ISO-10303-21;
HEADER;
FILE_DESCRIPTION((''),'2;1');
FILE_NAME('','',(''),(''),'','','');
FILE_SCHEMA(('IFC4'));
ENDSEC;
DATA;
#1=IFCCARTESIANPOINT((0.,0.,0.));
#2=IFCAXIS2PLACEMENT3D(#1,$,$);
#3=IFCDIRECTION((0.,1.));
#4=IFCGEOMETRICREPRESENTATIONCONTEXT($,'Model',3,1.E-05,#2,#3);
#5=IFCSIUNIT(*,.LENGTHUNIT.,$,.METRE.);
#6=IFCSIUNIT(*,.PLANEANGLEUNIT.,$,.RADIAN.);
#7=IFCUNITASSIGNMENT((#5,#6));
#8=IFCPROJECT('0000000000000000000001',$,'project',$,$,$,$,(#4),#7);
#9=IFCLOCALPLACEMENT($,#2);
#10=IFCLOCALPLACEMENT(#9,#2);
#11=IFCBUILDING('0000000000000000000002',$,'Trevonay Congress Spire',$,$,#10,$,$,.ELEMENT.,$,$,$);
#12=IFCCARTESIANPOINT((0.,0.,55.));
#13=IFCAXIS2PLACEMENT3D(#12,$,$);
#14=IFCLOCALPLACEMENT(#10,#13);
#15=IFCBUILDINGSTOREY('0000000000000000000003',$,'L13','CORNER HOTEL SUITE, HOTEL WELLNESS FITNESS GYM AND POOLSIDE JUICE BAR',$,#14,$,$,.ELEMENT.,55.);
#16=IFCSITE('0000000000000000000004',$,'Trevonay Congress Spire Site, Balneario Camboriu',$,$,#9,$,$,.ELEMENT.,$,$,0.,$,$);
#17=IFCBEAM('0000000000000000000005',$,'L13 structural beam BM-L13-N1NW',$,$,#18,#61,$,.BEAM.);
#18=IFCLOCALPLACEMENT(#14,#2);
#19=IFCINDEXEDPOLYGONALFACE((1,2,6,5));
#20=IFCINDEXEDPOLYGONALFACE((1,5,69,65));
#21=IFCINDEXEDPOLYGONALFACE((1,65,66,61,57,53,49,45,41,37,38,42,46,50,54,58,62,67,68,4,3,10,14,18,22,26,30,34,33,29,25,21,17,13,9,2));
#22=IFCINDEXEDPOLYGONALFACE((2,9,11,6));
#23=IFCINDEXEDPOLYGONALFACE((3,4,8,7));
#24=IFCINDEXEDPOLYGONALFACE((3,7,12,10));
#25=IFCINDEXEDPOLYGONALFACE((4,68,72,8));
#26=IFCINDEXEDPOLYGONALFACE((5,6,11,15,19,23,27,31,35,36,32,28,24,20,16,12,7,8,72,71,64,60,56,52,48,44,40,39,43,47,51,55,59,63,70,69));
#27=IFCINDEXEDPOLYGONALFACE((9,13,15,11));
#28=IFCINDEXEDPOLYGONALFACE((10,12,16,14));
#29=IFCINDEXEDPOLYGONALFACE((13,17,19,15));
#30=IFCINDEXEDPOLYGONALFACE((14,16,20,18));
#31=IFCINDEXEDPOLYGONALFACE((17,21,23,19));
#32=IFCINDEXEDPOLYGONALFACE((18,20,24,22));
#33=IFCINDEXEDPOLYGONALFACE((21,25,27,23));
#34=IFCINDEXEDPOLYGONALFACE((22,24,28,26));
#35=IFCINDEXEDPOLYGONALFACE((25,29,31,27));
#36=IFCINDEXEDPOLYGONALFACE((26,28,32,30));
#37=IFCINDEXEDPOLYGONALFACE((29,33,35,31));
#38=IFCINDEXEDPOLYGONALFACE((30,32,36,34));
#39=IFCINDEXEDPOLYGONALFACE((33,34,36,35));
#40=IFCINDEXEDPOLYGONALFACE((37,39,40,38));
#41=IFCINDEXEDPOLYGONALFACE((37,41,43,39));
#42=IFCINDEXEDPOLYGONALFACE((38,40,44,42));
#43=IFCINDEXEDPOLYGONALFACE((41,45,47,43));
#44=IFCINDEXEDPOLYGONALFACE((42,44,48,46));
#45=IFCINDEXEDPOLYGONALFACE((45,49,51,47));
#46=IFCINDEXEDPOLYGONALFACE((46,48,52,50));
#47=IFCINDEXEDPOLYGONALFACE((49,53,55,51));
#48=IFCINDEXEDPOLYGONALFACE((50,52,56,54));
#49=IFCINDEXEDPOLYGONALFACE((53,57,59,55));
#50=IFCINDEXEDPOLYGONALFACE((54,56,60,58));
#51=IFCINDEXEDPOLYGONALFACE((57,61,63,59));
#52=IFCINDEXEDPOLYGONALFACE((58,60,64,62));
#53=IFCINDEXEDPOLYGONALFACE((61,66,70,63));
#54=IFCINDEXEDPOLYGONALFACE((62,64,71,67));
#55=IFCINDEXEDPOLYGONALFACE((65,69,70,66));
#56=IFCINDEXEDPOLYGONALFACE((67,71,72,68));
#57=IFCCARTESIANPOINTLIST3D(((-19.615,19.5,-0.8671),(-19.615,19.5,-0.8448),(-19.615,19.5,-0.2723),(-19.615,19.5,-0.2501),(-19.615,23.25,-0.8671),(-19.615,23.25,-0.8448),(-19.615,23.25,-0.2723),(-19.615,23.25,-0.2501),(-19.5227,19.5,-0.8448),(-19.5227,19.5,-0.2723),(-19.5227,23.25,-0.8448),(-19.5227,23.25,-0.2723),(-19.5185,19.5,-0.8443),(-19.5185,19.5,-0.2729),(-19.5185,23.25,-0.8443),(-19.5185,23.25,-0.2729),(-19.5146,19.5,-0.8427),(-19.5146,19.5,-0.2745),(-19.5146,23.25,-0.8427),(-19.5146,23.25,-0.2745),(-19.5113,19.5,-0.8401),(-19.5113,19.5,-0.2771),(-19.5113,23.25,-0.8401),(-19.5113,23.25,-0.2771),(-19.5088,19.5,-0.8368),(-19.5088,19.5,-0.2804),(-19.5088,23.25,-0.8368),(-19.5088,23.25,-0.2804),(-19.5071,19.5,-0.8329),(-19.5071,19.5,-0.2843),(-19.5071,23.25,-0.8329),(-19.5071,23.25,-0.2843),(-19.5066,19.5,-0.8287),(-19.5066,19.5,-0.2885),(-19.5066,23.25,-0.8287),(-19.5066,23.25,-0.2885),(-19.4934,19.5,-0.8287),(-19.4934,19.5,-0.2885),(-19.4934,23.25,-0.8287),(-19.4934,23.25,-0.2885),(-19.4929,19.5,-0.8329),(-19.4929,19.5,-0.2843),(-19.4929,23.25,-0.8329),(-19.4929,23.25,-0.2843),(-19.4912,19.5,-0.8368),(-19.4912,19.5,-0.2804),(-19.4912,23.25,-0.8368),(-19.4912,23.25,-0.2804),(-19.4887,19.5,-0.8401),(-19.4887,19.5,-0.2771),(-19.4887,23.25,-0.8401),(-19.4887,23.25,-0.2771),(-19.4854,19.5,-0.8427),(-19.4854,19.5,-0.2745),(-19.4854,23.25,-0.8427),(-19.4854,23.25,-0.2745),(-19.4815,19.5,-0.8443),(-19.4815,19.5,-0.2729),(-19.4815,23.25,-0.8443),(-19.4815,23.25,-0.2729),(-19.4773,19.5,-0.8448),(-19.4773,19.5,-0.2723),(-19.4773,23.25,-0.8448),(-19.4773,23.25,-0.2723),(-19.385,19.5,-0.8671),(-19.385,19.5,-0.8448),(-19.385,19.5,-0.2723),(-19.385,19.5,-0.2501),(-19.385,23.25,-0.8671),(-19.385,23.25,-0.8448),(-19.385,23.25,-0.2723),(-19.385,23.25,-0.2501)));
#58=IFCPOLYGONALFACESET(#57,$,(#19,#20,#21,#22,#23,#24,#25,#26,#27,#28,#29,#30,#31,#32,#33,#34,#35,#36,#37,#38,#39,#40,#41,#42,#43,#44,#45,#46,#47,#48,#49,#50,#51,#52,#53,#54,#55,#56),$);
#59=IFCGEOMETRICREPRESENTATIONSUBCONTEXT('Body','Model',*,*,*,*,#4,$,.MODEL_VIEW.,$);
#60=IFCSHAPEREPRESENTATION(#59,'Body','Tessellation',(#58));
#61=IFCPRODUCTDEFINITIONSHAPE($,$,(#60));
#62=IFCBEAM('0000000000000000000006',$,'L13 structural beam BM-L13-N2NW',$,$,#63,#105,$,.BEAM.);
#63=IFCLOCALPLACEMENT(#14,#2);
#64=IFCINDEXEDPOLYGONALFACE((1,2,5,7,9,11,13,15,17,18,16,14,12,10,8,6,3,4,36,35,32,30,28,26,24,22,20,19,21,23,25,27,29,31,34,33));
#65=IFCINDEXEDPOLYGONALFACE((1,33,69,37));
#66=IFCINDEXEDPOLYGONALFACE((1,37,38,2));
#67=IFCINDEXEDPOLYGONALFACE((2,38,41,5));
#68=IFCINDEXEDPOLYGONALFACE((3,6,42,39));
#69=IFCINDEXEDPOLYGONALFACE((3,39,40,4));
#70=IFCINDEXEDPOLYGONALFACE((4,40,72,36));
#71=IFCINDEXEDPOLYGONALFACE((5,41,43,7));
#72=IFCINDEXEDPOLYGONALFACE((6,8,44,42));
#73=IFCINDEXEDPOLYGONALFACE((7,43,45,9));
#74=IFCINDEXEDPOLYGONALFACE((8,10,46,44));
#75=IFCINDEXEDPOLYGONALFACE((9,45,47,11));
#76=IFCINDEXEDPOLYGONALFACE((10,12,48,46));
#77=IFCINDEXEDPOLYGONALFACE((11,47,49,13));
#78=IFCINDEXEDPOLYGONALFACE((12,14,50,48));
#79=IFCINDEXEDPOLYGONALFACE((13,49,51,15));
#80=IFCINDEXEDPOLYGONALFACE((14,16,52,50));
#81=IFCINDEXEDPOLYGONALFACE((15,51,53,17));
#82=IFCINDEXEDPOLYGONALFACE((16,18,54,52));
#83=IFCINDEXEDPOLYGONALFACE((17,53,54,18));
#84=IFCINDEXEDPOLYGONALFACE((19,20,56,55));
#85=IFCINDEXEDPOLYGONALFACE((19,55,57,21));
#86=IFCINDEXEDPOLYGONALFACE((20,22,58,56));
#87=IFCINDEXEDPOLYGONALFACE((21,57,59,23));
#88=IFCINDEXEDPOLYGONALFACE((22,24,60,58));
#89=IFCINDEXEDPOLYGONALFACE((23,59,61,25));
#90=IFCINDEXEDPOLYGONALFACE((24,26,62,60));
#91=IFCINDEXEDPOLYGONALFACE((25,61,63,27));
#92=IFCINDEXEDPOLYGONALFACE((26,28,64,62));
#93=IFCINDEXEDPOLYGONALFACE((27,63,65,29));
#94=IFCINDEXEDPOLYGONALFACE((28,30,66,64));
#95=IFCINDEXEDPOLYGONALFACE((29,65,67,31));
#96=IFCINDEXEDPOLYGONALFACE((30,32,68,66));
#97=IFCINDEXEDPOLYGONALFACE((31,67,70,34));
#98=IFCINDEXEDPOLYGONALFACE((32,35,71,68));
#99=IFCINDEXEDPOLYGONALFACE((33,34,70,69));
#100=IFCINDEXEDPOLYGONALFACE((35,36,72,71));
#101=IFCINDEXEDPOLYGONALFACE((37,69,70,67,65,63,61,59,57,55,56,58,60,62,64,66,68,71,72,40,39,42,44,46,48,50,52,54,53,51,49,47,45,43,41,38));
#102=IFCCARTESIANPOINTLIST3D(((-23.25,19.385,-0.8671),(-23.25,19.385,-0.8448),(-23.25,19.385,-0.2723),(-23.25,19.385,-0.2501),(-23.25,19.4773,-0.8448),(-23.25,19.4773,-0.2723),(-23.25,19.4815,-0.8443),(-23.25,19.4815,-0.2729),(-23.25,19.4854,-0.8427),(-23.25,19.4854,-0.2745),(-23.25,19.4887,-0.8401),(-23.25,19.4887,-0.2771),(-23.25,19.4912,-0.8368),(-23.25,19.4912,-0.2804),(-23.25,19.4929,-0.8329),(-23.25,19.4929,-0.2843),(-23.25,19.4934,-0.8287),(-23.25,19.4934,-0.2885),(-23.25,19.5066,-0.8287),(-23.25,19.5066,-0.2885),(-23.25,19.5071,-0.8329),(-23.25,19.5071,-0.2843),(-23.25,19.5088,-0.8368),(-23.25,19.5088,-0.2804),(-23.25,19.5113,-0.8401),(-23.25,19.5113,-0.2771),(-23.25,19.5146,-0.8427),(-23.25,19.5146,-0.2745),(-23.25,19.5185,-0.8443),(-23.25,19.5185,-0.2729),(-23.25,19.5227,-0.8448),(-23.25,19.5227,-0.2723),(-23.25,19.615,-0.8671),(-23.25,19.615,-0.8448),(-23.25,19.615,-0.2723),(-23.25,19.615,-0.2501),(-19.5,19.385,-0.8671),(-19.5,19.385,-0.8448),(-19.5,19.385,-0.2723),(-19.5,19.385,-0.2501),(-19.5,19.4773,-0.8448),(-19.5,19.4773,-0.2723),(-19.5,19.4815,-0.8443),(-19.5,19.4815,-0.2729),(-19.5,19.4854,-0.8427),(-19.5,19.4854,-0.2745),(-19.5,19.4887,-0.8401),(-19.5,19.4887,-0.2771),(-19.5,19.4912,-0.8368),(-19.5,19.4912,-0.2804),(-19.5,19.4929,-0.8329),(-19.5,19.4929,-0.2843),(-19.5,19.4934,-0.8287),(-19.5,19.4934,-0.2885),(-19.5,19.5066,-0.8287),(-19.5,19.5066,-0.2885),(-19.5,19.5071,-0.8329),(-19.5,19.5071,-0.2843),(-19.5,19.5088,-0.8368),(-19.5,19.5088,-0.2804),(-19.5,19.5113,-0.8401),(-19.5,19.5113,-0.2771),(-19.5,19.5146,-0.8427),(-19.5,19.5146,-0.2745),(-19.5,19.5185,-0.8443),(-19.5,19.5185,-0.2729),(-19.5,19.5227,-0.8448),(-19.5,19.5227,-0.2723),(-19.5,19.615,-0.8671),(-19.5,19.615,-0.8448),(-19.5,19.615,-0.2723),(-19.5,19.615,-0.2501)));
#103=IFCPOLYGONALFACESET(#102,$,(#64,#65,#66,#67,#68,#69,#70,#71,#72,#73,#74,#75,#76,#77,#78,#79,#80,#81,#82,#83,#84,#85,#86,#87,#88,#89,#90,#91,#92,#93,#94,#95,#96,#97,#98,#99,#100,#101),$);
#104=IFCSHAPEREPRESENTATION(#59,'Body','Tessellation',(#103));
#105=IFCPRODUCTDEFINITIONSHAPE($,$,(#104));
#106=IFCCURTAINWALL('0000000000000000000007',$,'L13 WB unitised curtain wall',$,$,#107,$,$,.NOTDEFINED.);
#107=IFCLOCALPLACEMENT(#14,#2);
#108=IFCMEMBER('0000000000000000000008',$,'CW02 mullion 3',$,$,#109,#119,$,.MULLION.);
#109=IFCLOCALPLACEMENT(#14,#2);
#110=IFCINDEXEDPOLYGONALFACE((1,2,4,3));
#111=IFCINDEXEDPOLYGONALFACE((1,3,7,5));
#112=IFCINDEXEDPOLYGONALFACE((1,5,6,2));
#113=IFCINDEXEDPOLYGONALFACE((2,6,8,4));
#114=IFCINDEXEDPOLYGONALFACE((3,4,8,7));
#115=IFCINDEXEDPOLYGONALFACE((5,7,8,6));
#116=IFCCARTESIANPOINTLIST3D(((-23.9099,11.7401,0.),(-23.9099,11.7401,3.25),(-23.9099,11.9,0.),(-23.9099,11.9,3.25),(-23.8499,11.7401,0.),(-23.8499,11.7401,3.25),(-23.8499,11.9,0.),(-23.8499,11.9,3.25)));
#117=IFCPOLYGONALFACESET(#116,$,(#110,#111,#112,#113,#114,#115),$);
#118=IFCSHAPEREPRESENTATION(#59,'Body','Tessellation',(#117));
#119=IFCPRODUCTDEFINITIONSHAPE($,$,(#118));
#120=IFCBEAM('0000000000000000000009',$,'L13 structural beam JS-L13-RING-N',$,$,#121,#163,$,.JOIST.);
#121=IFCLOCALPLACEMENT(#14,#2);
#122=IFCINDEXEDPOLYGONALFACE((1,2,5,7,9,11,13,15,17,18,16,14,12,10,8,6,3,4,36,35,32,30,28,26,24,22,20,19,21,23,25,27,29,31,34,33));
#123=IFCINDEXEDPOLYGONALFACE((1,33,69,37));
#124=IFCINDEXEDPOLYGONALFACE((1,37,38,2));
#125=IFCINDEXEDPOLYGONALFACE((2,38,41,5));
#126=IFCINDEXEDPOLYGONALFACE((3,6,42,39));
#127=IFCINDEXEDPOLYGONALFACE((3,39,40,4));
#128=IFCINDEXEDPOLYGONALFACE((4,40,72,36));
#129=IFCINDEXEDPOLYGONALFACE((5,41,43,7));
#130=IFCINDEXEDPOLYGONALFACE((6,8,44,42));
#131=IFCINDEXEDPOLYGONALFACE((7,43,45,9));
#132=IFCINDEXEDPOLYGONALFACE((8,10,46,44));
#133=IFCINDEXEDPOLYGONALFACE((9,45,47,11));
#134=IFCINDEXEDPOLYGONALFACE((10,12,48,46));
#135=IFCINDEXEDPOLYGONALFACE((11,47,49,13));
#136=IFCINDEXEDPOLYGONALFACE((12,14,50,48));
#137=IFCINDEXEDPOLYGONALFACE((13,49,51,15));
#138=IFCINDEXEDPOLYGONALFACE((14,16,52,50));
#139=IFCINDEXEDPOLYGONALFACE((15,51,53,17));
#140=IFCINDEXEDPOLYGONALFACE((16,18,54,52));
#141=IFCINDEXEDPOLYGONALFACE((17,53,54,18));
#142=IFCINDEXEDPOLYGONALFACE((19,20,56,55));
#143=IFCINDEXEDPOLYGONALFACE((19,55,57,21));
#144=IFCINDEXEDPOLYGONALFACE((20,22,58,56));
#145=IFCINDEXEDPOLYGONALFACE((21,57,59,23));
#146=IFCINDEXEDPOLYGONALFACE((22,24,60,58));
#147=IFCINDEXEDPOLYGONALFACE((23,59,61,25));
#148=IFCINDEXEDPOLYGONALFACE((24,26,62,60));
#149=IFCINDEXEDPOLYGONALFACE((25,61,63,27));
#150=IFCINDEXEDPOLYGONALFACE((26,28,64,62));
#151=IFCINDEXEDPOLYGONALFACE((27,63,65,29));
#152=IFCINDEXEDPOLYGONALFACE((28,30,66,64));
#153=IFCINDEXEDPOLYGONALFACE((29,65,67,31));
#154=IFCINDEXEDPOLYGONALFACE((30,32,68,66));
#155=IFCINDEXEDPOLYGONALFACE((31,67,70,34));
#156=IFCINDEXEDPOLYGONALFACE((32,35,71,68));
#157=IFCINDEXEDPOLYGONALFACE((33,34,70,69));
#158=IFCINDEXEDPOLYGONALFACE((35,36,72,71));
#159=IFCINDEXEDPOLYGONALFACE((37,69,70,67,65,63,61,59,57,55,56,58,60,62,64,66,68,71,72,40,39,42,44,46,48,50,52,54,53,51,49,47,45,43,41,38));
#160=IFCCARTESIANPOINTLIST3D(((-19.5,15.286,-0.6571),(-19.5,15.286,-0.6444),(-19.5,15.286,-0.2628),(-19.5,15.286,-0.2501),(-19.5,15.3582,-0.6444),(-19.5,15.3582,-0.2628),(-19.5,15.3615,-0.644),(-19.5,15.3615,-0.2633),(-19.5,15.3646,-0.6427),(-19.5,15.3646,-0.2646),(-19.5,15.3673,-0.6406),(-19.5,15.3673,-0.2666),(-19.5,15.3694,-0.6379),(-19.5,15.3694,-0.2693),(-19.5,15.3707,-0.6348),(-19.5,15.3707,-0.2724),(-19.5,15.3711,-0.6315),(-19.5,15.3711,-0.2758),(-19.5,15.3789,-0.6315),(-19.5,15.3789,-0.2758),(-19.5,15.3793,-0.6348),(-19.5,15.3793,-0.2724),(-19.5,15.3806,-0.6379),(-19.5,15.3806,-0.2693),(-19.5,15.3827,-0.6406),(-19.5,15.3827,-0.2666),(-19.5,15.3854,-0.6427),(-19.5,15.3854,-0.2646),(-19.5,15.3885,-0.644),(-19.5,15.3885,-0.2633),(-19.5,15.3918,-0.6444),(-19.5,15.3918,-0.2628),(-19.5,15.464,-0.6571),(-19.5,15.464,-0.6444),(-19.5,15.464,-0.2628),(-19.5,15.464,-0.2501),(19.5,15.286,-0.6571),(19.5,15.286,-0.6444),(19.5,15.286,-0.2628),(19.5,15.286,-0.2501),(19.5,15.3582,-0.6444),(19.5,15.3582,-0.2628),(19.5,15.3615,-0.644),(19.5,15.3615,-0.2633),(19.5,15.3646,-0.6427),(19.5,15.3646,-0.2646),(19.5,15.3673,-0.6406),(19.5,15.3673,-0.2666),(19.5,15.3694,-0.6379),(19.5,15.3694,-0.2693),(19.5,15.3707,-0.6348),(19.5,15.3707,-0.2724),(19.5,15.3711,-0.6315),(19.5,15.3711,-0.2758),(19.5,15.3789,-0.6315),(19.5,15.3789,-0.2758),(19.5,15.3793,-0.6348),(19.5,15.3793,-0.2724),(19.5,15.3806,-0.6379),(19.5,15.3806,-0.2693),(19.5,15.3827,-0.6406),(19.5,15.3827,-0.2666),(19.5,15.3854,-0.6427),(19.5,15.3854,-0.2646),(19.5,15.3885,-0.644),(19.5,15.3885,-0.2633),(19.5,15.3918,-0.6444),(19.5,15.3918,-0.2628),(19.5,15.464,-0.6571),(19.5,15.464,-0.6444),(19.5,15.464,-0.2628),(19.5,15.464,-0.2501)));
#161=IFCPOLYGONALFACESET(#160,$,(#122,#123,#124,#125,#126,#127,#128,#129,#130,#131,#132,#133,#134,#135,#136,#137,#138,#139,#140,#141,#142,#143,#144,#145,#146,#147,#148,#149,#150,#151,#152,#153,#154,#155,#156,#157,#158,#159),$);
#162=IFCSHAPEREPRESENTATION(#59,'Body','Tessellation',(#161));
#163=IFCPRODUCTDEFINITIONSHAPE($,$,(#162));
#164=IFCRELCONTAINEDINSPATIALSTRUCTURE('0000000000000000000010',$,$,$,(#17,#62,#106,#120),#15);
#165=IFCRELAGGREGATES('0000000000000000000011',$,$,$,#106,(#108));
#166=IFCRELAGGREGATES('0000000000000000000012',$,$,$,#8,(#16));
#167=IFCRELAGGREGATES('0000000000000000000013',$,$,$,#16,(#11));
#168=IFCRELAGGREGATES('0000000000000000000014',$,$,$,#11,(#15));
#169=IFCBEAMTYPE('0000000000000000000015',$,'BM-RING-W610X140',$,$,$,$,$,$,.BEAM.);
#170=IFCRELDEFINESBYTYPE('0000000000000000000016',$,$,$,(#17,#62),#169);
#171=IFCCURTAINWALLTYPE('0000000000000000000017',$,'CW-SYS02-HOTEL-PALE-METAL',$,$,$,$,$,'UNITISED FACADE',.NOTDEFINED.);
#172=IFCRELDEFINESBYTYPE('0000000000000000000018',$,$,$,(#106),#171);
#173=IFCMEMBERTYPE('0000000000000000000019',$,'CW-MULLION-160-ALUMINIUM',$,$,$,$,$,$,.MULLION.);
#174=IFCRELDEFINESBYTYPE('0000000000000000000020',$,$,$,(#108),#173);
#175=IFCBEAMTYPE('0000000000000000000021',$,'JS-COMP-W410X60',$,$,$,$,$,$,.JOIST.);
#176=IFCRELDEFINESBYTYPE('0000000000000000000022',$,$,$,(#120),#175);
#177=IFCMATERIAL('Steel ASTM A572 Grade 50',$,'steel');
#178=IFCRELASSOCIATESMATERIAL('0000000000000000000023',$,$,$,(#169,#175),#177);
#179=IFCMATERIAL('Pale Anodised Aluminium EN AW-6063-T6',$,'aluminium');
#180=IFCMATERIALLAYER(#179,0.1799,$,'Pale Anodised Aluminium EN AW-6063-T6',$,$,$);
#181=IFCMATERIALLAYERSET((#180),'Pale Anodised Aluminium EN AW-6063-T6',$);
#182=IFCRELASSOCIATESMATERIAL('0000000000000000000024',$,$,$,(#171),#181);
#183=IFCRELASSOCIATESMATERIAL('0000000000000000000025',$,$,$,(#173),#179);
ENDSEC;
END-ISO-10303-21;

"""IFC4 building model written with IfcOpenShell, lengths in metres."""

from ifc_helpers import new_model, si_unit, direction, frame, origin, origin_2d, place, context, subcontext, project, spatial, rectangle, i_section, extrude, material, layer, layer_set, material_profile, profile_set, type_object, element, aggregate, save


model = new_model("IFC4")

# Units and contexts
model_context = context("Model", 3, precision=1e-05, world=origin(), true_north=direction((0.0, 1.0)))
body_context = subcontext(model_context, "Body", "Model", "MODEL_VIEW")
ifc_project = project(units=[si_unit("LENGTHUNIT", "METRE"), si_unit("PLANEANGLEUNIT", "RADIAN")], contexts=[model_context])

# Site, building, storey
site_placement = place(None, origin())
site = spatial("IfcSite", under=ifc_project, at=site_placement, Name="Trevonay Congress Spire Site, Balneario Camboriu", CompositionType="ELEMENT", RefElevation=0.0)
building_placement = place(site_placement, origin())
building = spatial("IfcBuilding", under=site, at=building_placement, Name="Trevonay Congress Spire", CompositionType="ELEMENT")
storey_placement = place(building_placement, frame((0.0, 0.0, 55.0)))
storey = spatial("IfcBuildingStorey", under=building, at=storey_placement, Name="L13", Description="CORNER HOTEL SUITE, HOTEL WELLNESS FITNESS GYM AND POOLSIDE JUICE BAR", CompositionType="ELEMENT", Elevation=55.0)

# Shared definitions
ifc_material_1 = material(Name="Steel ASTM A572 Grade 50", Category="steel")

# Beams
ifc_material_profile_1 = material_profile(ifc_material_1, i_section(OverallWidth=0.23, OverallDepth=0.6169, WebThickness=0.0132, FlangeThickness=0.0222, FilletRadius=0.0161, at=origin_2d()), Name="W610x140")
ifc_profile_set_1 = profile_set([ifc_material_profile_1], Name="Steel ASTM A572 Grade 50")
beam_type_1 = type_object("IfcBeamType", Name="BM-RING-W610X140", PredefinedType="BEAM", material=ifc_profile_set_1)
for number, where, z_axis, x_axis, name in (
    (1, (-19.5, 23.25, -0.5586), (0.0, -1.0, 0.0), (1.0, 0.0, 0.0), "L13 structural beam BM-L13-N1NW"),
    (2, (-23.25, 19.5, -0.5586), (1.0, 0.0, 0.0), (0.0, 1.0, 0.0), "L13 structural beam BM-L13-N2NW"),
):
    element("IfcBeam", number, at=place(storey_placement, frame(where, z_axis=z_axis, x_axis=x_axis)), inside=storey, type_object=beam_type_1, Name=name, PredefinedType="BEAM", context=body_context, shape_type="SweptSolid", body=[
        extrude(i_section(OverallWidth=0.23, OverallDepth=0.6169, WebThickness=0.0132, FlangeThickness=0.0222, FilletRadius=0.0161, at=origin_2d()), origin(), (0.0, 0.0, 1.0), 3.75),
    ])

# Curtain wall, member
ifc_material_2 = material(Name="Pale Anodised Aluminium EN AW-6063-T6", Category="aluminium")
ifc_layer_1 = layer(ifc_material_2, 0.1799, Name="Pale Anodised Aluminium EN AW-6063-T6")
ifc_layer_set_1 = layer_set([ifc_layer_1], Name="Pale Anodised Aluminium EN AW-6063-T6")
curtain_wall_type = type_object("IfcCurtainWallType", Name="CW-SYS02-HOTEL-PALE-METAL", ElementType="UNITISED FACADE", PredefinedType="NOTDEFINED", material=ifc_layer_set_1)
curtain_wall_placement = place(storey_placement, origin())
curtain_wall = element("IfcCurtainWall", 3, at=curtain_wall_placement, inside=storey, type_object=curtain_wall_type, Name="L13 WB unitised curtain wall", PredefinedType="NOTDEFINED")
ifc_material_profile_2 = material_profile(ifc_material_2, rectangle(XDim=0.0601, YDim=0.1599, at=origin_2d()), Name="CW-MULLION-160-ALUMINIUM")
ifc_profile_set_2 = profile_set([ifc_material_profile_2], Name="Pale Anodised Aluminium EN AW-6063-T6")
member_type_1 = type_object("IfcMemberType", Name="CW-MULLION-160-ALUMINIUM", PredefinedType="MULLION", material=ifc_profile_set_2)
member_placement = place(storey_placement, frame((-23.8799, 11.8201, 0.0), z_axis=(0.0, 0.0, 1.0), x_axis=(-1.0, 0.0, 0.0)))
member = element("IfcMember", 4, at=member_placement, type_object=member_type_1, Name="CW02 mullion 3", PredefinedType="MULLION", context=body_context, shape_type="SweptSolid", body=[
    extrude(rectangle(XDim=0.0601, YDim=0.1599, at=origin_2d()), origin(), (0.0, 0.0, 1.0), 3.25),
])

# Beam
ifc_material_profile_3 = material_profile(ifc_material_1, i_section(OverallWidth=0.178, OverallDepth=0.407, WebThickness=0.0078, FlangeThickness=0.0127, FilletRadius=0.0129, at=origin_2d()), Name="W410x60")
ifc_profile_set_3 = profile_set([ifc_material_profile_3], Name="Steel ASTM A572 Grade 50")
beam_type_2 = type_object("IfcBeamType", Name="JS-COMP-W410X60", PredefinedType="JOIST", material=ifc_profile_set_3)
beam_placement = place(storey_placement, frame((-19.5, 15.375, -0.4536), z_axis=(1.0, 0.0, 0.0), x_axis=(0.0, 1.0, 0.0)))
element("IfcBeam", 5, at=beam_placement, inside=storey, type_object=beam_type_2, Name="L13 structural beam JS-L13-RING-N", PredefinedType="JOIST", context=body_context, shape_type="SweptSolid", body=[
    extrude(i_section(OverallWidth=0.178, OverallDepth=0.407, WebThickness=0.0078, FlangeThickness=0.0127, FilletRadius=0.0129, at=origin_2d()), origin(), (0.0, 0.0, 1.0), 39.0),
])

aggregate(curtain_wall, [member])

save(model, "model.ifc")
